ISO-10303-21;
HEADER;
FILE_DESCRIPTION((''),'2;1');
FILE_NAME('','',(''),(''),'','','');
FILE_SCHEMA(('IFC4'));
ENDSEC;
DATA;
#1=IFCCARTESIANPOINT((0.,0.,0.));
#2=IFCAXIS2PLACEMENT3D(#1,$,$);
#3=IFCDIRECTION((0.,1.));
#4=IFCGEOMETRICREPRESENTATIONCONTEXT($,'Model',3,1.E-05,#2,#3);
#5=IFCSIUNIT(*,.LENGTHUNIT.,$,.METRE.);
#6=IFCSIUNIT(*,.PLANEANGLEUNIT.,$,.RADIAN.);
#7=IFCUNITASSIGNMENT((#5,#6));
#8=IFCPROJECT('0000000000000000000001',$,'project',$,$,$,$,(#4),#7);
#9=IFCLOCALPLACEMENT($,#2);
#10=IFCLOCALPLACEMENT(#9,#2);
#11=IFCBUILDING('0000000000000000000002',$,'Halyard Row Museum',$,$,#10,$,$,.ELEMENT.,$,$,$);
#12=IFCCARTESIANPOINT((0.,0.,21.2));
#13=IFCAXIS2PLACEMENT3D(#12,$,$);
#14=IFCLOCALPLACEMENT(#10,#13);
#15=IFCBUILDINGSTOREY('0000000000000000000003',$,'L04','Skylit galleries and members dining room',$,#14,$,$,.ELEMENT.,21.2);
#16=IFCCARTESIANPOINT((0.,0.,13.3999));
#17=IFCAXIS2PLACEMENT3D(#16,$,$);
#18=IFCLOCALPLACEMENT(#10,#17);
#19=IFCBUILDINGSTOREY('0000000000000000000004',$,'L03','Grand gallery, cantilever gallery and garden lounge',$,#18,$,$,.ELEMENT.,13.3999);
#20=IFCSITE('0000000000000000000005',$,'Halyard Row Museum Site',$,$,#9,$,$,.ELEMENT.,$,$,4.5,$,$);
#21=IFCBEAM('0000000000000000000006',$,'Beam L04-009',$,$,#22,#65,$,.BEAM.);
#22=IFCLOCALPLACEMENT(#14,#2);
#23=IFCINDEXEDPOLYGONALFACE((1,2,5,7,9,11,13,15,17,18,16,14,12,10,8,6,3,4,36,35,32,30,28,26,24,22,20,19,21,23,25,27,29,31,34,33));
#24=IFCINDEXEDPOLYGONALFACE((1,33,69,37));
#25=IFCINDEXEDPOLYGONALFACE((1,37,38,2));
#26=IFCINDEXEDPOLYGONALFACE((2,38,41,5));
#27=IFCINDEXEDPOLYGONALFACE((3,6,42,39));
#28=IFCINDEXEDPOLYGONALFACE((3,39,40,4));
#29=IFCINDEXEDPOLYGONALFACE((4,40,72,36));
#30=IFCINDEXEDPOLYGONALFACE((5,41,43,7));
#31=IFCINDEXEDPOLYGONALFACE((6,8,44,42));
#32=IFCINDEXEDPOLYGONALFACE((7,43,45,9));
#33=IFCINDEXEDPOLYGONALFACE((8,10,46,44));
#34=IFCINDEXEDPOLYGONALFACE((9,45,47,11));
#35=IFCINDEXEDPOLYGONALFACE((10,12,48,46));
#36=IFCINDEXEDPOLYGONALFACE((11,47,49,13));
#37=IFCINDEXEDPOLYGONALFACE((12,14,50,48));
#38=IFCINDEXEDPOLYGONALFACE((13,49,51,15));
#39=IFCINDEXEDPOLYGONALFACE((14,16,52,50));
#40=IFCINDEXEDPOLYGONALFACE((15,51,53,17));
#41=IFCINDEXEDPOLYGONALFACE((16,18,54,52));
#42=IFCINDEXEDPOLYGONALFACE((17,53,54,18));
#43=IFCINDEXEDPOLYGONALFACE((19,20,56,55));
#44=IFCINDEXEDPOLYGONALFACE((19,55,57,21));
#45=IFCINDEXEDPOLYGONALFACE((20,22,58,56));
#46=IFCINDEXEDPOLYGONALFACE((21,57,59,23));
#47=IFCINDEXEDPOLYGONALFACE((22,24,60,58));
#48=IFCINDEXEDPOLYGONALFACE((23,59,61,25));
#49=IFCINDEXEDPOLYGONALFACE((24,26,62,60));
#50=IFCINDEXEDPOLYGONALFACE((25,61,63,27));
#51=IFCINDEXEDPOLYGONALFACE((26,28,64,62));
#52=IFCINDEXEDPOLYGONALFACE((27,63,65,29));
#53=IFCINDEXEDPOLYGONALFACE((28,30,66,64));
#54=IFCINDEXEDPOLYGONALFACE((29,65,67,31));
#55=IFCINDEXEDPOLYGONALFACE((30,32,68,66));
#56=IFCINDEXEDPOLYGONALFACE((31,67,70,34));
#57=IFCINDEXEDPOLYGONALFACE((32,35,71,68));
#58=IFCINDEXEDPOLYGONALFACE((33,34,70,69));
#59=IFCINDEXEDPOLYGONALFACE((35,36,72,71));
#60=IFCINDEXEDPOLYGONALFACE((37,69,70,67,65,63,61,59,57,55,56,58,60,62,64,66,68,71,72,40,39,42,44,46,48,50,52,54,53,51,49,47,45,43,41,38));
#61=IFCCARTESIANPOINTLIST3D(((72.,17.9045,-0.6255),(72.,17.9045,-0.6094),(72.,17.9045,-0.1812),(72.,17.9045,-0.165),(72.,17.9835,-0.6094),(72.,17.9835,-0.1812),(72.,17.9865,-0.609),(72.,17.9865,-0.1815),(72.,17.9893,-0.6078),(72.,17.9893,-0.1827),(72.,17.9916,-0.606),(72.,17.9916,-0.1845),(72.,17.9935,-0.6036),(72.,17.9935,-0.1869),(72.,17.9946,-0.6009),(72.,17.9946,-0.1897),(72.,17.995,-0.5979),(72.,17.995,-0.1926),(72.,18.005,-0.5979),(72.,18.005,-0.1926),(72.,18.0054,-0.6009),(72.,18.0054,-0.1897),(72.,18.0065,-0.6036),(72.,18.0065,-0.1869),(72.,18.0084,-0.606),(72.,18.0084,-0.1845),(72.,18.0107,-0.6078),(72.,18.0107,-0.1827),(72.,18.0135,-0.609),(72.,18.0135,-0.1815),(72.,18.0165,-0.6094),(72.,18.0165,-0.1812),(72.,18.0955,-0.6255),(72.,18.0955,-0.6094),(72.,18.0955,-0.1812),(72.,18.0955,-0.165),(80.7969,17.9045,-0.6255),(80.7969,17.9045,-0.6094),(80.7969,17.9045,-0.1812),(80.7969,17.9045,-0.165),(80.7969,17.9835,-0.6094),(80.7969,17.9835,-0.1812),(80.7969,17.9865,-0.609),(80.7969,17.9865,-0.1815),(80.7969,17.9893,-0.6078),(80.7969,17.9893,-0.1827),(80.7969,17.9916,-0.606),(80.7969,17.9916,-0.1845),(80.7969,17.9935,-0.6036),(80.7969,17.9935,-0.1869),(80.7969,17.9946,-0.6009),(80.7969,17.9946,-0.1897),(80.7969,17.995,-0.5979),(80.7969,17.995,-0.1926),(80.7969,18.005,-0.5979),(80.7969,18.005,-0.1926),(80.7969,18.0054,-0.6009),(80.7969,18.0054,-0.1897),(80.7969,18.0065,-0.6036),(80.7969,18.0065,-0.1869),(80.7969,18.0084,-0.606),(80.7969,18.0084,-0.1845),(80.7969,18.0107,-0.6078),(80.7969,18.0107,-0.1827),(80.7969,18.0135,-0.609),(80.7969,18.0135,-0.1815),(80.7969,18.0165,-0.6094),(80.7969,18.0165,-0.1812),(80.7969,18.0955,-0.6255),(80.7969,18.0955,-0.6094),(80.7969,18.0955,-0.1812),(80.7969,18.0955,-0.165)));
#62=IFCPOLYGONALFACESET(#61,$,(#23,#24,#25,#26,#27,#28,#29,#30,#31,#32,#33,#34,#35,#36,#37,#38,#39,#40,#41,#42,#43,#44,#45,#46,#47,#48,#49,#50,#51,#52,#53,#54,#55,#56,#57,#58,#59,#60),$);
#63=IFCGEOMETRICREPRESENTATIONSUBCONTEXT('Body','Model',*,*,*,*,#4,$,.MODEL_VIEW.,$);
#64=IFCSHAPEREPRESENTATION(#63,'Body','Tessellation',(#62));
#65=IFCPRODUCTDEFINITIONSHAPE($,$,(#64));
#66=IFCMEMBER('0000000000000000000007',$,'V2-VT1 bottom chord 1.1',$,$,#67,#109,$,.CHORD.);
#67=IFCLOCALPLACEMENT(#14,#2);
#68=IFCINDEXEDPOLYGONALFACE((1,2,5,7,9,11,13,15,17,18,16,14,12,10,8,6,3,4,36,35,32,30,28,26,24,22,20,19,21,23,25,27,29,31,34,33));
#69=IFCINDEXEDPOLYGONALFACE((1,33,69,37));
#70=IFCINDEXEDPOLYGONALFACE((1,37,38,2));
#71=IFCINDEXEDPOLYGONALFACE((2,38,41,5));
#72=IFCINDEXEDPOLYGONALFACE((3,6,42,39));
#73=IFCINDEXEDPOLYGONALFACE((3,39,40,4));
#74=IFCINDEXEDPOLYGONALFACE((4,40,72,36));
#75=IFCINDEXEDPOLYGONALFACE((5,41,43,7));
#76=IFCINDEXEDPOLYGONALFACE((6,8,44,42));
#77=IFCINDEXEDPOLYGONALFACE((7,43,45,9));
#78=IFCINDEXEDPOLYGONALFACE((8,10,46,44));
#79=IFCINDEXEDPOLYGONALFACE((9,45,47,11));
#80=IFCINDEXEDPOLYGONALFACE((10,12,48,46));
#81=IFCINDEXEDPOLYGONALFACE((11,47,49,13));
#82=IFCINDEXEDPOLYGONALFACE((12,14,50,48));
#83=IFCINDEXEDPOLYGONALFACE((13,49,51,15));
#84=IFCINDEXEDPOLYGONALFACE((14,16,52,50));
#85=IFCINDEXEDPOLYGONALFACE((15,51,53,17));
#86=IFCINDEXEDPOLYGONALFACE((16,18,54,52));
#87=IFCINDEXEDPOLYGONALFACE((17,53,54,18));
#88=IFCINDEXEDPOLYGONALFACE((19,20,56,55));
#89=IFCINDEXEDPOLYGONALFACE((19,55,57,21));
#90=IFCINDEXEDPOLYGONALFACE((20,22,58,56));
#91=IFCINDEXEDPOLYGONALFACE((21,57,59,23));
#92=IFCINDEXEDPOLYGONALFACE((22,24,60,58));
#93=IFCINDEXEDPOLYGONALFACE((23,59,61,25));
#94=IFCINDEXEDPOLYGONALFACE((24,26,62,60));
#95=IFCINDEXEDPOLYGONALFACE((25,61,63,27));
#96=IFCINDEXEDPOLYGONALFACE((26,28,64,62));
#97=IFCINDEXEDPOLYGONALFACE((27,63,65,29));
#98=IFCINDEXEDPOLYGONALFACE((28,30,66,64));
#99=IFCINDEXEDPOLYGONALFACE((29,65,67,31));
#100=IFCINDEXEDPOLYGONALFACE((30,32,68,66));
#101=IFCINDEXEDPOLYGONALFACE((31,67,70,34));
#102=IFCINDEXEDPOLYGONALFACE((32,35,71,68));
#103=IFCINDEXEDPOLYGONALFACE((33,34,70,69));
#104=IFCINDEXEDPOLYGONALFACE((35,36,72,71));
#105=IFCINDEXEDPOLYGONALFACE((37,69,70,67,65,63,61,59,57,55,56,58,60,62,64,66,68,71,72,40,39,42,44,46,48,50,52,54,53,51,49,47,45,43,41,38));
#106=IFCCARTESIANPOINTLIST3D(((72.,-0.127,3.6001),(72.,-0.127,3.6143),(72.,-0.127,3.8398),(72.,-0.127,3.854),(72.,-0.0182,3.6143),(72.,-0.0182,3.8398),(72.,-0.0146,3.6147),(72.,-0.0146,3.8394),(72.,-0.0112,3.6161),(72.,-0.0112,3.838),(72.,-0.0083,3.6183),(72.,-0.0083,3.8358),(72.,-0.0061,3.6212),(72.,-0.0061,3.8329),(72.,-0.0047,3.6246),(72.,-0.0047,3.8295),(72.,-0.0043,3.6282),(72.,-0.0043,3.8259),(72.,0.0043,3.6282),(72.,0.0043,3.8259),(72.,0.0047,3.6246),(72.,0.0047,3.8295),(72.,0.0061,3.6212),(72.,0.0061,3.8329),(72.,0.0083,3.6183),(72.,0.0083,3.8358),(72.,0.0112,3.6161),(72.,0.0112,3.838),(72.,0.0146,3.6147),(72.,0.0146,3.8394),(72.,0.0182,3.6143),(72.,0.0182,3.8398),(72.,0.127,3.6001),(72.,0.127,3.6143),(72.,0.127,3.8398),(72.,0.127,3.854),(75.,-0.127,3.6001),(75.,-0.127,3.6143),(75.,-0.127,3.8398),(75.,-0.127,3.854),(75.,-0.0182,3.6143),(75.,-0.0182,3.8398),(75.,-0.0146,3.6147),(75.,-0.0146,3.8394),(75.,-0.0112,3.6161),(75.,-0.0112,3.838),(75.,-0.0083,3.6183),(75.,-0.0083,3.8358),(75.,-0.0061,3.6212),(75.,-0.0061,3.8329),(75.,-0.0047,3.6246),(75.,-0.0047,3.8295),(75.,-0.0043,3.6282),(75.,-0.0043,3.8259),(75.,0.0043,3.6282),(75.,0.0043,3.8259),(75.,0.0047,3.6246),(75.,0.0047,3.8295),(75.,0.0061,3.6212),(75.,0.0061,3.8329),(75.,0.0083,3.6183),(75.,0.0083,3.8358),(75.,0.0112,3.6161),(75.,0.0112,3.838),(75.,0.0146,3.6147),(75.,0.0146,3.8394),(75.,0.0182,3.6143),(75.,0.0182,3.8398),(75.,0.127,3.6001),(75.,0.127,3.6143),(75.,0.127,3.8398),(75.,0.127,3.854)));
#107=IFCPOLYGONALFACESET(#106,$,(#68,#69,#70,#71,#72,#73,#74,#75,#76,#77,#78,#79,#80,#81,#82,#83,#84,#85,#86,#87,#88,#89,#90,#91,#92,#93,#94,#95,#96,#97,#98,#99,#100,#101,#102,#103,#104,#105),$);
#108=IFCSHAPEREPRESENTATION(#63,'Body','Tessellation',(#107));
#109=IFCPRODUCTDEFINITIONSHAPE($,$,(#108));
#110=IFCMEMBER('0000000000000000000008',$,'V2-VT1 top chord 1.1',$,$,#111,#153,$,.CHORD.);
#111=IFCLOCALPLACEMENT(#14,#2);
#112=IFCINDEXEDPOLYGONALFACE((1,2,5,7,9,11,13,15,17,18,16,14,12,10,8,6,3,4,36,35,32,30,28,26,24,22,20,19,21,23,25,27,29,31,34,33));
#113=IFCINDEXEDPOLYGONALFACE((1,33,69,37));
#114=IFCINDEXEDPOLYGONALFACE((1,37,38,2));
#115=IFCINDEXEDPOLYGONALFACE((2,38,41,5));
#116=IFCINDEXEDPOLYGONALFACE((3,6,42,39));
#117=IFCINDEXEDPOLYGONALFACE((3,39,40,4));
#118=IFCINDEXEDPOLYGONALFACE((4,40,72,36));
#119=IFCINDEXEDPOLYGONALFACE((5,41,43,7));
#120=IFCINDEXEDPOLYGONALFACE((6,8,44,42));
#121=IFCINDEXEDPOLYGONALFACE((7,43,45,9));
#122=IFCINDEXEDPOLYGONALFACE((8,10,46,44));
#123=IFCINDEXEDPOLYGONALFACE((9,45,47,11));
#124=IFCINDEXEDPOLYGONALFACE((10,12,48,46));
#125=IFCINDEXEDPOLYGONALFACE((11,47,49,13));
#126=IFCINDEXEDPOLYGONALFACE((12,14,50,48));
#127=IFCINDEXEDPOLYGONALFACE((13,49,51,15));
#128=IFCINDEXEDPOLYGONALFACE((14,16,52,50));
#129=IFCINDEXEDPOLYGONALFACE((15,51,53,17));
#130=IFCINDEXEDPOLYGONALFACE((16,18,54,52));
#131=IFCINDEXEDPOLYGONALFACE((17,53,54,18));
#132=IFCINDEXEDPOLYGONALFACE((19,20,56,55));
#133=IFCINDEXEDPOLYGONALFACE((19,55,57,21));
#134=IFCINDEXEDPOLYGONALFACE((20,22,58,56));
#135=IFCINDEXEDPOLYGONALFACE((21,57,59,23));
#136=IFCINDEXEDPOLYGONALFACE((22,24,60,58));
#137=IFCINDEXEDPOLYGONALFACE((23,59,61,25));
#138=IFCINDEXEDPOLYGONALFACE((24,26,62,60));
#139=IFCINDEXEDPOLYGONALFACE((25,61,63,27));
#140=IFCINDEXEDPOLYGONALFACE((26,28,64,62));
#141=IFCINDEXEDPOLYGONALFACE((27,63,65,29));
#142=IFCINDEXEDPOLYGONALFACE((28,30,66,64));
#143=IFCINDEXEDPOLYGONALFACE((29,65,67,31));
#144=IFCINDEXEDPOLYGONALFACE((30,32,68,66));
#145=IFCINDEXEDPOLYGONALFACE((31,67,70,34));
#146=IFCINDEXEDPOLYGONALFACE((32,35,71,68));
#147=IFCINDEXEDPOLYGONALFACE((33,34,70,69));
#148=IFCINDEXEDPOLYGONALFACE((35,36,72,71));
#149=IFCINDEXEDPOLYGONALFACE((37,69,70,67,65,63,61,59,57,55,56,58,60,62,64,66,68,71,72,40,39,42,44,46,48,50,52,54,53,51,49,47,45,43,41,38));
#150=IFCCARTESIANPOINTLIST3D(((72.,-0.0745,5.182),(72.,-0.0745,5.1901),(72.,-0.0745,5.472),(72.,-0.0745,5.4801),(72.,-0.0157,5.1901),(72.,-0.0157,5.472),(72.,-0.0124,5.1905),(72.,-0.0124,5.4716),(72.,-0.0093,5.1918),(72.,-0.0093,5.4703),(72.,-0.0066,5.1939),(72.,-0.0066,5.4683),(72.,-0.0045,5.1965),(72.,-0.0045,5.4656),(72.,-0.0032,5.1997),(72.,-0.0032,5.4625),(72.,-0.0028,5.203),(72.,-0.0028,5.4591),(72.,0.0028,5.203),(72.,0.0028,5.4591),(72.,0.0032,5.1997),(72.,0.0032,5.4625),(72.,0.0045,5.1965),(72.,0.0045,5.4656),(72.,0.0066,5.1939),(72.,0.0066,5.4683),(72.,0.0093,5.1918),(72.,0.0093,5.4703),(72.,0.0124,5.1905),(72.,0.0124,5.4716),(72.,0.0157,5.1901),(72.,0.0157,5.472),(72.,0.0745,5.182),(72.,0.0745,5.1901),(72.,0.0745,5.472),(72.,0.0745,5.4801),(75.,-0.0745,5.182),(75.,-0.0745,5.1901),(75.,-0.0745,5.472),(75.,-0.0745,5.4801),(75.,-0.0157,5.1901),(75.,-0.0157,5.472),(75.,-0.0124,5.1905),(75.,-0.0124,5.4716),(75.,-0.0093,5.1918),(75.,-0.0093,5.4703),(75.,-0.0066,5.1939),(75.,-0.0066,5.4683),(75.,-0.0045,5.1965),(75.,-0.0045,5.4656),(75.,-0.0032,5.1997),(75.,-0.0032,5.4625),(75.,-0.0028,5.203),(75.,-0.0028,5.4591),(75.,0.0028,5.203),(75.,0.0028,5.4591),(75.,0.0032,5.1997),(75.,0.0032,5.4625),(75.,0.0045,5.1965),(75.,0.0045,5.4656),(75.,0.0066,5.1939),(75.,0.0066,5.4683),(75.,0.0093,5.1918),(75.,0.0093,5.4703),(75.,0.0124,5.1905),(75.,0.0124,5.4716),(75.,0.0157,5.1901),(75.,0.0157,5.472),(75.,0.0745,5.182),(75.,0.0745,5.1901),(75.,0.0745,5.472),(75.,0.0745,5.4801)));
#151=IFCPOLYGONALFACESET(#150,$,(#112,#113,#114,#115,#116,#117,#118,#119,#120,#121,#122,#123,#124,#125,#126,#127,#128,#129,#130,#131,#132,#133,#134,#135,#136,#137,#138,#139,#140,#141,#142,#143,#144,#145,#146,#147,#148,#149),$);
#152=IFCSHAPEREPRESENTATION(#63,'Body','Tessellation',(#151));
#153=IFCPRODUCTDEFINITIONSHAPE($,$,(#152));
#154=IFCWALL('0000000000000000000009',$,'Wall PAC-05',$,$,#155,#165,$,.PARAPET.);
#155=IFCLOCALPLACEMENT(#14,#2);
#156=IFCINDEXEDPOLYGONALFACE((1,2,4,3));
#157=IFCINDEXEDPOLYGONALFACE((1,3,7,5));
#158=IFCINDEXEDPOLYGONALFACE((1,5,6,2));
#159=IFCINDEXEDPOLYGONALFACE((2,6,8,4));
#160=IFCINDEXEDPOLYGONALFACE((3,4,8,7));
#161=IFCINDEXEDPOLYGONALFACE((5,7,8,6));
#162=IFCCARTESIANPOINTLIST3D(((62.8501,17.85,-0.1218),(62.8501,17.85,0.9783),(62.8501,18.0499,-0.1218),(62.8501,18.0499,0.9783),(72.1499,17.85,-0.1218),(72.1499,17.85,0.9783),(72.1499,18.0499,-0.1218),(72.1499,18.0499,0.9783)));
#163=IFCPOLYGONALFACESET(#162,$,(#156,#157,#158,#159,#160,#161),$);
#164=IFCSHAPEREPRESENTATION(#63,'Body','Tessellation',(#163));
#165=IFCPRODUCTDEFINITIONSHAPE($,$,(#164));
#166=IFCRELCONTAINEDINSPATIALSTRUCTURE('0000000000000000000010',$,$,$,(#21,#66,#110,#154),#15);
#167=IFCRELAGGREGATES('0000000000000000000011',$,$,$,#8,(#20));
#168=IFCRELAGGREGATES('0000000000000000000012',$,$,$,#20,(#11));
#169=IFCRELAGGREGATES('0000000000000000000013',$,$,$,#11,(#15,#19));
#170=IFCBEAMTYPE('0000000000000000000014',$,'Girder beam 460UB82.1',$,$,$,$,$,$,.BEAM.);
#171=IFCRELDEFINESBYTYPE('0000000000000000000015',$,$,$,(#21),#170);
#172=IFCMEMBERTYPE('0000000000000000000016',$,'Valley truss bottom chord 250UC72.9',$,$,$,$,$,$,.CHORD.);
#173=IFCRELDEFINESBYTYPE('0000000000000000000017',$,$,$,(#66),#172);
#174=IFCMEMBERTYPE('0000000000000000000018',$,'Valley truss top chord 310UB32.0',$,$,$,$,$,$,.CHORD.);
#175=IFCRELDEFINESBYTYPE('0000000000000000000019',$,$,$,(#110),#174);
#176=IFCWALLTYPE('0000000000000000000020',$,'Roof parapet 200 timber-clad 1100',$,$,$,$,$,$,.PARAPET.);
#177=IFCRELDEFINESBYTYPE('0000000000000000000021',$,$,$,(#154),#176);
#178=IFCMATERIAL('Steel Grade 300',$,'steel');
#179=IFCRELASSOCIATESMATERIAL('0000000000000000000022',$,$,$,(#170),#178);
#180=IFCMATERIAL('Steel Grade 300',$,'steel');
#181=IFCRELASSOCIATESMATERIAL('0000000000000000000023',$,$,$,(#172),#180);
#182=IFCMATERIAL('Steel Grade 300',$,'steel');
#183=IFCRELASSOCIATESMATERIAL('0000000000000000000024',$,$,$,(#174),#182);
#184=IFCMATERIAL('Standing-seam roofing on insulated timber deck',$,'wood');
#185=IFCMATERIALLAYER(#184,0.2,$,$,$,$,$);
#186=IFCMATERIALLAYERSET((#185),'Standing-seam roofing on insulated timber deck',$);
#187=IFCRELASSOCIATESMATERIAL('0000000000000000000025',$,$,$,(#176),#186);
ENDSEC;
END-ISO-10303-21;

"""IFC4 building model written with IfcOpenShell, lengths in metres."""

from ifc_helpers import new_model, si_unit, direction, frame, frame_2d, origin, origin_2d, place, context, subcontext, project, spatial, rectangle, i_section, extrude, material, layer, layer_set, material_profile, profile_set, type_object, element, save


model = new_model("IFC4")

# Units and contexts
model_context = context("Model", 3, precision=1e-05, world=origin(), true_north=direction((0.0, 1.0)))
body_context = subcontext(model_context, "Body", "Model", "MODEL_VIEW")
ifc_project = project(units=[si_unit("LENGTHUNIT", "METRE"), si_unit("PLANEANGLEUNIT", "RADIAN")], contexts=[model_context])

# Site, building, storey
site_placement = place(None, origin())
site = spatial("IfcSite", under=ifc_project, at=site_placement, Name="Halyard Row Museum Site", CompositionType="ELEMENT", RefElevation=4.5)
building_placement = place(site_placement, origin())
building = spatial("IfcBuilding", under=site, at=building_placement, Name="Halyard Row Museum", CompositionType="ELEMENT")
storey_1_placement = place(building_placement, frame((0.0, 0.0, 21.2)))
storey_1 = spatial("IfcBuildingStorey", under=building, at=storey_1_placement, Name="L04", Description="Skylit galleries and members dining room", CompositionType="ELEMENT", Elevation=21.2)

# Beam
ifc_material_1 = material(Name="Steel Grade 300", Category="steel")
ifc_material_profile_1 = material_profile(ifc_material_1, i_section(OverallWidth=0.1909, OverallDepth=0.4604, WebThickness=0.01, FlangeThickness=0.0161, FilletRadius=0.0115, at=origin_2d()), Name="460UB82.1")
ifc_profile_set_1 = profile_set([ifc_material_profile_1], Name="Steel Grade 300")
beam_type_1 = type_object("IfcBeamType", Name="Girder beam 460UB82.1", PredefinedType="BEAM", material=ifc_profile_set_1)
beam_placement = place(storey_1_placement, frame((72.0, 18.0, -0.3953), z_axis=(1.0, 0.0, 0.0), x_axis=(0.0, 1.0, 0.0)))
element("IfcBeam", 1, at=beam_placement, inside=storey_1, type_object=beam_type_1, Name="Beam L04-009", PredefinedType="BEAM", context=body_context, shape_type="SweptSolid", body=[
    extrude(i_section(OverallWidth=0.1909, OverallDepth=0.4604, WebThickness=0.01, FlangeThickness=0.0161, FilletRadius=0.0115, at=origin_2d()), origin(), (0.0, 0.0, 1.0), 8.7969),
])

# Members
ifc_material_2 = material(Name="Steel Grade 300", Category="steel")
ifc_material_profile_2 = material_profile(ifc_material_2, i_section(OverallWidth=0.2539, OverallDepth=0.2539, WebThickness=0.0085, FlangeThickness=0.0142, FilletRadius=0.0139, at=origin_2d()), Name="250UC72.9")
ifc_profile_set_2 = profile_set([ifc_material_profile_2], Name="Steel Grade 300")
member_type_1 = type_object("IfcMemberType", Name="Valley truss bottom chord 250UC72.9", PredefinedType="CHORD", material=ifc_profile_set_2)
member_1_placement = place(storey_1_placement, frame((72.0, 0.0, 3.7271), z_axis=(1.0, 0.0, 0.0), x_axis=(0.0, 1.0, 0.0)))
element("IfcMember", 2, at=member_1_placement, inside=storey_1, type_object=member_type_1, Name="V2-VT1 bottom chord 1.1", PredefinedType="CHORD", context=body_context, shape_type="SweptSolid", body=[
    extrude(i_section(OverallWidth=0.2539, OverallDepth=0.2539, WebThickness=0.0085, FlangeThickness=0.0142, FilletRadius=0.0139, at=origin_2d()), origin(), (0.0, 0.0, 1.0), 3.0),
])
ifc_material_3 = material(Name="Steel Grade 300", Category="steel")
ifc_material_profile_3 = material_profile(ifc_material_3, i_section(OverallWidth=0.1489, OverallDepth=0.2981, WebThickness=0.0056, FlangeThickness=0.0081, FilletRadius=0.0129, at=origin_2d()), Name="310UB32.0")
ifc_profile_set_3 = profile_set([ifc_material_profile_3], Name="Steel Grade 300")
member_type_2 = type_object("IfcMemberType", Name="Valley truss top chord 310UB32.0", PredefinedType="CHORD", material=ifc_profile_set_3)
member_2_placement = place(storey_1_placement, frame((72.0, 0.0, 5.3311), z_axis=(1.0, 0.0, 0.0), x_axis=(0.0, 1.0, 0.0)))
element("IfcMember", 3, at=member_2_placement, inside=storey_1, type_object=member_type_2, Name="V2-VT1 top chord 1.1", PredefinedType="CHORD", context=body_context, shape_type="SweptSolid", body=[
    extrude(i_section(OverallWidth=0.1489, OverallDepth=0.2981, WebThickness=0.0056, FlangeThickness=0.0081, FilletRadius=0.0129, at=origin_2d()), origin(), (0.0, 0.0, 1.0), 3.0),
])

# Wall
ifc_material_4 = material(Name="Standing-seam roofing on insulated timber deck", Category="wood")
ifc_layer_1 = layer(ifc_material_4, 0.2)
ifc_layer_set_1 = layer_set([ifc_layer_1], Name="Standing-seam roofing on insulated timber deck")
wall_type_1 = type_object("IfcWallType", Name="Roof parapet 200 timber-clad 1100", PredefinedType="PARAPET", material=ifc_layer_set_1)
wall_1_placement = place(storey_1_placement, frame((62.8501, 17.95, -0.1218), z_axis=(0.0, 0.0, 1.0), x_axis=(1.0, 0.0, 0.0)))
element("IfcWall", 4, at=wall_1_placement, inside=storey_1, type_object=wall_type_1, Name="Wall PAC-05", PredefinedType="PARAPET", context=body_context, shape_type="SweptSolid", body=[
    extrude(rectangle(XDim=9.2998, YDim=0.2, at=frame_2d((4.6499, 0.0))), origin(), (0.0, 0.0, 1.0), 1.1001),
])

# Shared definitions
storey_2_placement = place(building_placement, frame((0.0, 0.0, 13.3999)))
storey_2 = spatial("IfcBuildingStorey", under=building, at=storey_2_placement, Name="L03", Description="Grand gallery, cantilever gallery and garden lounge", CompositionType="ELEMENT", Elevation=13.3999)

save(model, "model.ifc")
